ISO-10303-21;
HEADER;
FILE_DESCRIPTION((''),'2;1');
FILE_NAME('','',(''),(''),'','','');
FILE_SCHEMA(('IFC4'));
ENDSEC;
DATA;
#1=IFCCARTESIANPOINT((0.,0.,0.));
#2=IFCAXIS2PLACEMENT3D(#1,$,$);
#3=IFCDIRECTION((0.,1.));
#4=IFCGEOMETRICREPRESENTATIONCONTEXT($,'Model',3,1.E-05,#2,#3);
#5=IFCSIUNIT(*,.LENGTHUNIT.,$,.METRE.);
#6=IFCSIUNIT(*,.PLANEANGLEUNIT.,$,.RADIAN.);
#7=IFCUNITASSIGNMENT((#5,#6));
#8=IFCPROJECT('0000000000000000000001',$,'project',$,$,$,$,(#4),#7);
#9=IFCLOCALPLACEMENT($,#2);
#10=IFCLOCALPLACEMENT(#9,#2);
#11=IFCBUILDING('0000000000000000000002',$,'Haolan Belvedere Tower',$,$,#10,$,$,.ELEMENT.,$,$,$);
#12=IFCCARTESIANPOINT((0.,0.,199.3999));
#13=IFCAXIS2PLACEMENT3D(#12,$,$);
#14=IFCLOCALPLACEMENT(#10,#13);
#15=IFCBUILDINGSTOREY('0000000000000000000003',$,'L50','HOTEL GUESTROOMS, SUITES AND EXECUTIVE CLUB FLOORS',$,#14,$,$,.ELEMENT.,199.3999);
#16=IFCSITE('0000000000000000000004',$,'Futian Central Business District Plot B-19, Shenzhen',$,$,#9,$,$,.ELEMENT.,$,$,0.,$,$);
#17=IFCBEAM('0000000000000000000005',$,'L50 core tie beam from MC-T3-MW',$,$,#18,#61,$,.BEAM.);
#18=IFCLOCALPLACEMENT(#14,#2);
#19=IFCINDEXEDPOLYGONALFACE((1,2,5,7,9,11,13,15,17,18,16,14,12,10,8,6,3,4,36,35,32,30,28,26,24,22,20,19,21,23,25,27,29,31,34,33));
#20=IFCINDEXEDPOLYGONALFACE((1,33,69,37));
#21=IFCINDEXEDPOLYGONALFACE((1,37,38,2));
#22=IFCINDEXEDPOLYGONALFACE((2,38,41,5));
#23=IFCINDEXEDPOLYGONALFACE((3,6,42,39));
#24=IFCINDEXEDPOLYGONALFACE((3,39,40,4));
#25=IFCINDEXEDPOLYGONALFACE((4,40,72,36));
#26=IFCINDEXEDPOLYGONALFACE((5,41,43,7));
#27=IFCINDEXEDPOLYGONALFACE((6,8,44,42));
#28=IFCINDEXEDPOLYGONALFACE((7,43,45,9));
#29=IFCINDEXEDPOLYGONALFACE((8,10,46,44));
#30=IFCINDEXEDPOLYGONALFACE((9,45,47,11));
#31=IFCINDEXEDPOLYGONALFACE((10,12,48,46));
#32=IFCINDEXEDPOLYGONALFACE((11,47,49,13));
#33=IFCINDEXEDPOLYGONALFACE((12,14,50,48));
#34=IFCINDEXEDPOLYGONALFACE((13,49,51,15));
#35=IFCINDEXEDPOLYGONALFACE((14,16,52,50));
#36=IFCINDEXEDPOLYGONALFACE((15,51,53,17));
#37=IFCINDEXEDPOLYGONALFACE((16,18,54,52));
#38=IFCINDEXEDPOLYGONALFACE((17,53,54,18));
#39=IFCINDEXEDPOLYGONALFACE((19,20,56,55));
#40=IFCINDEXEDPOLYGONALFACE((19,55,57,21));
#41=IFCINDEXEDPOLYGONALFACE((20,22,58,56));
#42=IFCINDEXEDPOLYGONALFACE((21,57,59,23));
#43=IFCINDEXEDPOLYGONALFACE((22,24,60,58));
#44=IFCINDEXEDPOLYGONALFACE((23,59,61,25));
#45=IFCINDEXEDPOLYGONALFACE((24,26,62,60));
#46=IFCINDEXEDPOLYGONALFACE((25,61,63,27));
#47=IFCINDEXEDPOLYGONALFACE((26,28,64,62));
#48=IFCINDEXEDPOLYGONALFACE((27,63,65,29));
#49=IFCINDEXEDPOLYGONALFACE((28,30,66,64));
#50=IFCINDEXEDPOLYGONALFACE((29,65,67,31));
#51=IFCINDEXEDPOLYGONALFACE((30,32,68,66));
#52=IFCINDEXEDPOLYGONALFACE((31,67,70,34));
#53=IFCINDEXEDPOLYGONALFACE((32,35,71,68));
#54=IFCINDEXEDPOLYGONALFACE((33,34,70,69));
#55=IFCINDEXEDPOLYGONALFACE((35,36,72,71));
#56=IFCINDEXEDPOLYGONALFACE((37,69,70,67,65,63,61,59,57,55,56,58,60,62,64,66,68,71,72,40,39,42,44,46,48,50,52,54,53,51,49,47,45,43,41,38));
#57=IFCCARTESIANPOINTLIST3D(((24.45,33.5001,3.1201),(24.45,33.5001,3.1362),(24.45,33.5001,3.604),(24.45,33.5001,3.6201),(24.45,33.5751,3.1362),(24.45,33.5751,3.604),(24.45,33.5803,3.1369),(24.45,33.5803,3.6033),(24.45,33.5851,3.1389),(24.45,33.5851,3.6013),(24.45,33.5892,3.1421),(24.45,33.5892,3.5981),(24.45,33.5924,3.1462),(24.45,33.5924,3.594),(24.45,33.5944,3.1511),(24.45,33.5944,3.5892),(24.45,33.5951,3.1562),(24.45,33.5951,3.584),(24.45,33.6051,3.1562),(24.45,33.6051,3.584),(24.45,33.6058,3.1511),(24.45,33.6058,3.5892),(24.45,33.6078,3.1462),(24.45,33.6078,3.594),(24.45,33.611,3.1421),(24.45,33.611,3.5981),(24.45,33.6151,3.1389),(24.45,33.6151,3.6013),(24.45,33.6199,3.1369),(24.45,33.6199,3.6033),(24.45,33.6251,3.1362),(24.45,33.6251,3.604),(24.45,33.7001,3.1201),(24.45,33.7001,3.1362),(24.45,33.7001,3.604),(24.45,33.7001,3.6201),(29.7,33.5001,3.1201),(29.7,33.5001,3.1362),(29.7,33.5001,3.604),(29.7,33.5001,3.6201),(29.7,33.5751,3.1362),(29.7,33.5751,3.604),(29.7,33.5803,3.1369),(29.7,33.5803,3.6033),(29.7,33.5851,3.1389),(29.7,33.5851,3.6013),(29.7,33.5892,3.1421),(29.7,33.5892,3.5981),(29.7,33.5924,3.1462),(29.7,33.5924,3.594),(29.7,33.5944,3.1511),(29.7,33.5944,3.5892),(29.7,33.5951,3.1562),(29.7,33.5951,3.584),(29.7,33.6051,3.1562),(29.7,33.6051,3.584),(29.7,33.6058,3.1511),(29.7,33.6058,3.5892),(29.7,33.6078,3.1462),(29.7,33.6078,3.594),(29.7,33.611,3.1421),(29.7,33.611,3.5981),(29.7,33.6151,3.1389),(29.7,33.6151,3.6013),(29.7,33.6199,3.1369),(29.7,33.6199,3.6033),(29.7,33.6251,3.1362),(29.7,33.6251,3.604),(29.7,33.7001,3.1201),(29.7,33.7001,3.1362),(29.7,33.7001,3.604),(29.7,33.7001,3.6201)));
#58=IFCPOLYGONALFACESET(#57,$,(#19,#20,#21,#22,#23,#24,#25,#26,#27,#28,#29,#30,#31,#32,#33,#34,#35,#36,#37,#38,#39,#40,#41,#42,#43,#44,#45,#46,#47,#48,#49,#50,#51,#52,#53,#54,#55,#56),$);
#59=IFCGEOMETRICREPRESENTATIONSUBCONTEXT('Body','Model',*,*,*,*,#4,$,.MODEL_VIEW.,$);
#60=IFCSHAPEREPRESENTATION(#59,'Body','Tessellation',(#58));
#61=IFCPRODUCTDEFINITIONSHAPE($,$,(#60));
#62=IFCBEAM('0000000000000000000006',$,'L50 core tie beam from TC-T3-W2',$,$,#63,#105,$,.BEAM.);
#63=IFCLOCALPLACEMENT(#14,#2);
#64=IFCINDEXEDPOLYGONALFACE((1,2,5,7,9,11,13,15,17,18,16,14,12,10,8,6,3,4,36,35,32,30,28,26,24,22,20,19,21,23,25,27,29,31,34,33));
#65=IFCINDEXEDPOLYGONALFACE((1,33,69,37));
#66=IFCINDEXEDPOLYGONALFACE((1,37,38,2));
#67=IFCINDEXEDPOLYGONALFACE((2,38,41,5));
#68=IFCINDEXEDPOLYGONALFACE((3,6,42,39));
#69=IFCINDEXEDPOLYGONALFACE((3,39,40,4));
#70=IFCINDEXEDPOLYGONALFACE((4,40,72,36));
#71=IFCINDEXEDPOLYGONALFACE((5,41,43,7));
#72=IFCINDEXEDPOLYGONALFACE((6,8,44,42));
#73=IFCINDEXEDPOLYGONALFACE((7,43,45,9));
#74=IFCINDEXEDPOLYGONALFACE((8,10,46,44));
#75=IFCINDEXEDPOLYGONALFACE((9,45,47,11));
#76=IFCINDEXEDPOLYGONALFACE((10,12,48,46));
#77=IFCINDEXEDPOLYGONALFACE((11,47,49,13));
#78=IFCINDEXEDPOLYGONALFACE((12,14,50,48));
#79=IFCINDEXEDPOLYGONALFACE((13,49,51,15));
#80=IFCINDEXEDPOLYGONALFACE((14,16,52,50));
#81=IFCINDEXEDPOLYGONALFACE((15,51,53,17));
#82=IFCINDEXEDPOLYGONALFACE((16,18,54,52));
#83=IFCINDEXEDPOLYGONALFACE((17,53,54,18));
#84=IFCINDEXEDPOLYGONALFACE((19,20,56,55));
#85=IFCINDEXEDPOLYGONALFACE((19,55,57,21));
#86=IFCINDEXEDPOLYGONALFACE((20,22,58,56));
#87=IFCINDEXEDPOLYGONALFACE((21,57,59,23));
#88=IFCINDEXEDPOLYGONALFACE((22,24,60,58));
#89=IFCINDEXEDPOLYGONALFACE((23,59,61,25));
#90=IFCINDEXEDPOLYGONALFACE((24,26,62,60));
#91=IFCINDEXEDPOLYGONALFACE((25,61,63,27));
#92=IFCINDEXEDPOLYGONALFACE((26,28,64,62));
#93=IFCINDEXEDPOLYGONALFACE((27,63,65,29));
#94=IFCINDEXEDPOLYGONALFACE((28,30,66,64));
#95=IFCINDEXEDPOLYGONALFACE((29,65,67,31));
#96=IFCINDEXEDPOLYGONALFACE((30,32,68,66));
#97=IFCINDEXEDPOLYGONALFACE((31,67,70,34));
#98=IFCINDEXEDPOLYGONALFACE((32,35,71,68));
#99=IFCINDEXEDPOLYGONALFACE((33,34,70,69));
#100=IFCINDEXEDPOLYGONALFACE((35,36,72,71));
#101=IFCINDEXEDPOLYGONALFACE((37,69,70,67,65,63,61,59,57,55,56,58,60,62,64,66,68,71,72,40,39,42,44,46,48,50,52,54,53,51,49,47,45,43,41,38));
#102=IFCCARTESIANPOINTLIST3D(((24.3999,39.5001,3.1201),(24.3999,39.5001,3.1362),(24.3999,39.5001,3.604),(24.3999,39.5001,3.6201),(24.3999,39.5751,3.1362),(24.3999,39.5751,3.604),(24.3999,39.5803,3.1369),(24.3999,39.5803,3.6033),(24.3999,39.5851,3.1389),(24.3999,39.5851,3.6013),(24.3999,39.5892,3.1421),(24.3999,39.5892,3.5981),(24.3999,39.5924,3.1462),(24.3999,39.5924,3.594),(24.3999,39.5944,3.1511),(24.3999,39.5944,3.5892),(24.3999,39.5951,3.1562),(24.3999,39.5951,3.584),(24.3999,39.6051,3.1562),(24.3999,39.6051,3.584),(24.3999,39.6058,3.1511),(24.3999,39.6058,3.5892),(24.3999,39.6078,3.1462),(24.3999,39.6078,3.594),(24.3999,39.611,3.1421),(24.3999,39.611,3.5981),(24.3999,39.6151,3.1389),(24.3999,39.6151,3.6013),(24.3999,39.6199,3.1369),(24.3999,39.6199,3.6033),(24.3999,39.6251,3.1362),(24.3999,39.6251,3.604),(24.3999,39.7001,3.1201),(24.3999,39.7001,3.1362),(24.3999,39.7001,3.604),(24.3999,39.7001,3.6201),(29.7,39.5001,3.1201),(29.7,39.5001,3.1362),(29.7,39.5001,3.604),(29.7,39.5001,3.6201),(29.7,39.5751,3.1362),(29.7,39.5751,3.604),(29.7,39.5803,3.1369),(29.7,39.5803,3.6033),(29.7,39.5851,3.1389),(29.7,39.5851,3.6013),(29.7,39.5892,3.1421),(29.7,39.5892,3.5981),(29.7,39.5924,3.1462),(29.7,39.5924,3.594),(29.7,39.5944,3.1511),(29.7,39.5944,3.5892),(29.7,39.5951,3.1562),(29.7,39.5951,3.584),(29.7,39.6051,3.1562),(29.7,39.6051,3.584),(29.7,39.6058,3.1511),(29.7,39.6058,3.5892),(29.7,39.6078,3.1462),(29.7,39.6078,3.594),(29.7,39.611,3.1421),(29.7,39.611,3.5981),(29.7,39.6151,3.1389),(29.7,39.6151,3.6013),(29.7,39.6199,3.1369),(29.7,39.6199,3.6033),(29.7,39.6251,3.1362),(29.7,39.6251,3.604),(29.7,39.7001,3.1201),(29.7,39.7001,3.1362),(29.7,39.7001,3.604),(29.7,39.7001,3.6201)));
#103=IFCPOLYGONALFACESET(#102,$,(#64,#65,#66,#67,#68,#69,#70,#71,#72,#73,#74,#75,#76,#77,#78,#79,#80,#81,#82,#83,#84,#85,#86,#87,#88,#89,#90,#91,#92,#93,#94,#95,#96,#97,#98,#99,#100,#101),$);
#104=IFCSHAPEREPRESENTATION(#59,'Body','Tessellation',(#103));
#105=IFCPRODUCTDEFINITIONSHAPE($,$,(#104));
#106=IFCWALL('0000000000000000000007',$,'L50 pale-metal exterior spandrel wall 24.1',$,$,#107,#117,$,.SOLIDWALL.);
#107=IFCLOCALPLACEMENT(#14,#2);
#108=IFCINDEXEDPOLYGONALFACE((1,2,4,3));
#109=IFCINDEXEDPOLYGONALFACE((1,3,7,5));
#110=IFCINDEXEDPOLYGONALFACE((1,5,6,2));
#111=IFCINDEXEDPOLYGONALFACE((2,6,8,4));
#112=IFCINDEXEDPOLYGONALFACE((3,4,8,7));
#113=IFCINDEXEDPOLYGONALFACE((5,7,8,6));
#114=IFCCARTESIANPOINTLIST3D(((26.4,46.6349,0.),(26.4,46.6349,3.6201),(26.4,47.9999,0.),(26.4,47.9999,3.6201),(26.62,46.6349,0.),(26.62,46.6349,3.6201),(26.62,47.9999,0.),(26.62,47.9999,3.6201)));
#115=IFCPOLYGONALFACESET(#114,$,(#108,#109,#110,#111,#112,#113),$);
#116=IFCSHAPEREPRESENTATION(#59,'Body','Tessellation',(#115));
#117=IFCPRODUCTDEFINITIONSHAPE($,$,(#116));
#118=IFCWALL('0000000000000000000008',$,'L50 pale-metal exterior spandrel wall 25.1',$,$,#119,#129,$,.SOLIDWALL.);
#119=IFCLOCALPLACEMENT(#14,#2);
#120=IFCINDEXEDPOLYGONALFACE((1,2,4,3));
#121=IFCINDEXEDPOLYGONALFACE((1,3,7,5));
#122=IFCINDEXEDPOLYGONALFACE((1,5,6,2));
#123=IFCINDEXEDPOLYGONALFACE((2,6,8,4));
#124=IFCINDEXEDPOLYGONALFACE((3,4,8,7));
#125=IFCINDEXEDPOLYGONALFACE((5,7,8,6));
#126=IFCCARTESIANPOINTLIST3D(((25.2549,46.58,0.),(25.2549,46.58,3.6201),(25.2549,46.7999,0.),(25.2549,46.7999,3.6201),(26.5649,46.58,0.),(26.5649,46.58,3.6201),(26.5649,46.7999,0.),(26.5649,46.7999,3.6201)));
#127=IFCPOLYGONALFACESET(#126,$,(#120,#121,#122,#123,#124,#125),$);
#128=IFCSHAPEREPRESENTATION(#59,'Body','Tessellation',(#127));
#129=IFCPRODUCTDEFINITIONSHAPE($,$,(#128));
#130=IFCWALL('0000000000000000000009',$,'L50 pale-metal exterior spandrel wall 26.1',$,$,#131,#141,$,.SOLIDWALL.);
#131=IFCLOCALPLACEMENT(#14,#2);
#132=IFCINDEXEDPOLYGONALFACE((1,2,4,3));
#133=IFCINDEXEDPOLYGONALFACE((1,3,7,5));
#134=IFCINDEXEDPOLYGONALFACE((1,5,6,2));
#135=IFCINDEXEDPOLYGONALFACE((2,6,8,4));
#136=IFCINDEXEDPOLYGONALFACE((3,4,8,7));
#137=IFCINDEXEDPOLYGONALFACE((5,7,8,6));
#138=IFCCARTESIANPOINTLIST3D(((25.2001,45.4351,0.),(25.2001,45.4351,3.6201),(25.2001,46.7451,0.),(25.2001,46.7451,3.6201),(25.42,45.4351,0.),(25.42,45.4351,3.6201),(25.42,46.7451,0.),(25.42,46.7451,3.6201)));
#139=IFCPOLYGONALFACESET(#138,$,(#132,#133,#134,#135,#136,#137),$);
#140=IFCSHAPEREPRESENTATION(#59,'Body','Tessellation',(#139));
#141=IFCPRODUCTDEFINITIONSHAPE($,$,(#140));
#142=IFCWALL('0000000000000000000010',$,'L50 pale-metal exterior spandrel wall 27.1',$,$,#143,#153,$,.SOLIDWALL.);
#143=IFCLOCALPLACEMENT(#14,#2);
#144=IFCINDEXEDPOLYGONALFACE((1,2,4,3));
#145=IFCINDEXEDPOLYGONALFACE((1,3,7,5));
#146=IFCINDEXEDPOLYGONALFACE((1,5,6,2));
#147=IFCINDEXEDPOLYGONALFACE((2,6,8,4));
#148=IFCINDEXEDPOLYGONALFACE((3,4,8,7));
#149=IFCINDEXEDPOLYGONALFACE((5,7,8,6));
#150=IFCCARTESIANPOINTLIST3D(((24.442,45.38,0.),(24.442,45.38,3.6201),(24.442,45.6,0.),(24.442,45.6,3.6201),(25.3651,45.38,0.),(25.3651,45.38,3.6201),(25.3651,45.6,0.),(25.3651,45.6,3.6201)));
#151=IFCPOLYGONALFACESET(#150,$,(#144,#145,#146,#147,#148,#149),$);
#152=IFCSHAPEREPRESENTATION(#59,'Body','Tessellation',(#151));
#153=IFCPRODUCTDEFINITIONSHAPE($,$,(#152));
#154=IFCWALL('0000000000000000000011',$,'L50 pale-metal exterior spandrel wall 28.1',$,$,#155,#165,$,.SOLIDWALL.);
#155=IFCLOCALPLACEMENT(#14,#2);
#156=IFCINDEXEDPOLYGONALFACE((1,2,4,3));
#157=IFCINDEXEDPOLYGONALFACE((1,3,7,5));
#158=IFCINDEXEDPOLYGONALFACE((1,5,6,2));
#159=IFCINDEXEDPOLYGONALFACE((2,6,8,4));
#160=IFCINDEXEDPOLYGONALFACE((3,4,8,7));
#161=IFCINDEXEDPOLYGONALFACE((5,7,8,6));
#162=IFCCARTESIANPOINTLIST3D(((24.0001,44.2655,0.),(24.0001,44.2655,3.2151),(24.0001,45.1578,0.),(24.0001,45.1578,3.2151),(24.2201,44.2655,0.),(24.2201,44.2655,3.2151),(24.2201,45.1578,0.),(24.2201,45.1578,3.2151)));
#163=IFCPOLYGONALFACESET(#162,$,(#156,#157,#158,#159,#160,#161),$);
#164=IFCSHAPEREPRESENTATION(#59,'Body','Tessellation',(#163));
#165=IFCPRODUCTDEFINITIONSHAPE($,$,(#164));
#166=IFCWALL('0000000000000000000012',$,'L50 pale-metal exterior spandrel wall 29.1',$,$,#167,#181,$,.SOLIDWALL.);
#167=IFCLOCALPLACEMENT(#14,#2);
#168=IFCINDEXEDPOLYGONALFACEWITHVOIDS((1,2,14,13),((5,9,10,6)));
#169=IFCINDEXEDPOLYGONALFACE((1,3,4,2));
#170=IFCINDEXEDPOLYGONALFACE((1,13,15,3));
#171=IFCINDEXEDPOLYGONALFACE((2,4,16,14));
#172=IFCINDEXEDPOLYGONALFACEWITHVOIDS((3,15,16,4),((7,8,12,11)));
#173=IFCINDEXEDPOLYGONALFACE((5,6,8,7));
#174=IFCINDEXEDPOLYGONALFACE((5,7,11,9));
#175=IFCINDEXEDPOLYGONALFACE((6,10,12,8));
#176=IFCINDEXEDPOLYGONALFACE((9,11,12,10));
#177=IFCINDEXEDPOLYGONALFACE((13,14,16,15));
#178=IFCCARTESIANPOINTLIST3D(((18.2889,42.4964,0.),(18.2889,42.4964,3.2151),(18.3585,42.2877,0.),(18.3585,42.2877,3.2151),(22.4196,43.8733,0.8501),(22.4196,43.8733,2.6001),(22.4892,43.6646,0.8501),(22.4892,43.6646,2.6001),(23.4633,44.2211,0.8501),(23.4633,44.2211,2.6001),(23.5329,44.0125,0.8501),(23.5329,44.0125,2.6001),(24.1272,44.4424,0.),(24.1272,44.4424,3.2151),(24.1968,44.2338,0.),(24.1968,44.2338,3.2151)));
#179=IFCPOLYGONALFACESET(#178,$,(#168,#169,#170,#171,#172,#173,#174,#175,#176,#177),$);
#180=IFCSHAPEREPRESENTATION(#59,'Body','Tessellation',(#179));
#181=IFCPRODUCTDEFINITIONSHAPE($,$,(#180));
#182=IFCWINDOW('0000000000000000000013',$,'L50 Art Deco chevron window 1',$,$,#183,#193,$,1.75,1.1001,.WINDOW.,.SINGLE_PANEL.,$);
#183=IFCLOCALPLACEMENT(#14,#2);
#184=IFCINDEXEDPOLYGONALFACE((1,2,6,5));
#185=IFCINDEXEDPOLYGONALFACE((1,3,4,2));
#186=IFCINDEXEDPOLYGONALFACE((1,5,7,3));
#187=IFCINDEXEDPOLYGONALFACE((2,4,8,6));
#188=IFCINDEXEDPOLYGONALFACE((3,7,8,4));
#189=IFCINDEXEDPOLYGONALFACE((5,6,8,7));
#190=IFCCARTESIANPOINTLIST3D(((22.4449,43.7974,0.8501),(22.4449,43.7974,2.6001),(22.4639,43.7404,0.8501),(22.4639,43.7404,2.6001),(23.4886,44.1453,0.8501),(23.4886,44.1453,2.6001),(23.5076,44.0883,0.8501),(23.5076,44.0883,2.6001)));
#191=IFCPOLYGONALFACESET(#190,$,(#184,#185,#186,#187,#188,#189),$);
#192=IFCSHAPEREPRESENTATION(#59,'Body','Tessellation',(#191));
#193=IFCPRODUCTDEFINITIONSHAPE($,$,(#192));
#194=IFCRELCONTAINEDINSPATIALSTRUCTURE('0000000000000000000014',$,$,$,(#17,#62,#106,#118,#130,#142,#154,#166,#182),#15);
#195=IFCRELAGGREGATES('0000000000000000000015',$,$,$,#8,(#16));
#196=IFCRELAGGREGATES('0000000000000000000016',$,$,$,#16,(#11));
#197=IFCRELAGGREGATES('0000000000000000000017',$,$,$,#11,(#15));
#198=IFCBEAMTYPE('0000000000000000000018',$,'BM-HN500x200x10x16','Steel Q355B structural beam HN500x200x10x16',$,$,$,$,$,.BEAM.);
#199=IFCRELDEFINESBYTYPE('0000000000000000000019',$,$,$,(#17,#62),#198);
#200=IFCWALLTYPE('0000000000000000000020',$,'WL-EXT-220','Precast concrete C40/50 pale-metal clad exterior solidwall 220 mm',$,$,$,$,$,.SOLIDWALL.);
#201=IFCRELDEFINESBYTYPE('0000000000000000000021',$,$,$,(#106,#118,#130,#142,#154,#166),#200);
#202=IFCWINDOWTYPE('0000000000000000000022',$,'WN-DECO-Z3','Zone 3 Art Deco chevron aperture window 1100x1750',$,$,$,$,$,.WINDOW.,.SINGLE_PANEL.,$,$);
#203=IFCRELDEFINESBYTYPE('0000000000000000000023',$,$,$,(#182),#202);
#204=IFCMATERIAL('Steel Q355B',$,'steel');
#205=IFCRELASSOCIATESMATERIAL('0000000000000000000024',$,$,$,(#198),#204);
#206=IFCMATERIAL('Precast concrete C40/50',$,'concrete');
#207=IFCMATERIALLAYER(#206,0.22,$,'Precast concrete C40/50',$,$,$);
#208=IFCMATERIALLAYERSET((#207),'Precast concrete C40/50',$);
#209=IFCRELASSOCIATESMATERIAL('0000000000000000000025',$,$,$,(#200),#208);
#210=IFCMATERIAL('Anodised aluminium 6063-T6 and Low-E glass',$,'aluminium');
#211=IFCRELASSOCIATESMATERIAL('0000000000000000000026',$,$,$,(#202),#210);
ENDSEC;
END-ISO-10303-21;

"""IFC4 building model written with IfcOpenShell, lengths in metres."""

from ifc_helpers import new_model, si_unit, direction, frame, frame_2d, origin, origin_2d, place, context, subcontext, project, spatial, rectangle, i_section, extrude, material, layer, layer_set, material_profile, profile_set, type_object, element, fill, save


model = new_model("IFC4")

# Units and contexts
model_context = context("Model", 3, precision=1e-05, world=origin(), true_north=direction((0.0, 1.0)))
body_context = subcontext(model_context, "Body", "Model", "MODEL_VIEW")
ifc_project = project(units=[si_unit("LENGTHUNIT", "METRE"), si_unit("PLANEANGLEUNIT", "RADIAN")], contexts=[model_context])

# Site, building, storey
site_placement = place(None, origin())
site = spatial("IfcSite", under=ifc_project, at=site_placement, Name="Futian Central Business District Plot B-19, Shenzhen", CompositionType="ELEMENT", RefElevation=0.0)
building_placement = place(site_placement, origin())
building = spatial("IfcBuilding", under=site, at=building_placement, Name="Haolan Belvedere Tower", CompositionType="ELEMENT")
storey_placement = place(building_placement, frame((0.0, 0.0, 199.3999)))
storey = spatial("IfcBuildingStorey", under=building, at=storey_placement, Name="L50", Description="HOTEL GUESTROOMS, SUITES AND EXECUTIVE CLUB FLOORS", CompositionType="ELEMENT", Elevation=199.3999)

# Beams
ifc_material_1 = material(Name="Steel Q355B", Category="steel")
ifc_material_profile_1 = material_profile(ifc_material_1, i_section(OverallWidth=0.2, OverallDepth=0.5, WebThickness=0.01, FlangeThickness=0.0161, FilletRadius=0.02, at=origin_2d()), Name="Steel Q355B")
ifc_profile_set_1 = profile_set([ifc_material_profile_1], Name="Steel Q355B")
beam_type_1 = type_object("IfcBeamType", Name="BM-HN500x200x10x16", Description="Steel Q355B structural beam HN500x200x10x16", PredefinedType="BEAM", material=ifc_profile_set_1)
beam_1_placement = place(storey_placement, frame((24.45, 33.6001, 3.3701), z_axis=(1.0, 0.0, 0.0), x_axis=(0.0, 1.0, 0.0)))
element("IfcBeam", 1, at=beam_1_placement, inside=storey, type_object=beam_type_1, Name="L50 core tie beam from MC-T3-MW", PredefinedType="BEAM", context=body_context, shape_type="SweptSolid", body=[
    extrude(i_section(OverallWidth=0.2, OverallDepth=0.5, WebThickness=0.01, FlangeThickness=0.0161, FilletRadius=0.02, at=origin_2d()), origin(), (0.0, 0.0, 1.0), 5.25),
])
beam_2_placement = place(storey_placement, frame((24.3999, 39.6001, 3.3701), z_axis=(1.0, 0.0, 0.0), x_axis=(0.0, 1.0, 0.0)))
element("IfcBeam", 2, at=beam_2_placement, inside=storey, type_object=beam_type_1, Name="L50 core tie beam from TC-T3-W2", PredefinedType="BEAM", context=body_context, shape_type="SweptSolid", body=[
    extrude(i_section(OverallWidth=0.2, OverallDepth=0.5, WebThickness=0.01, FlangeThickness=0.0161, FilletRadius=0.02, at=origin_2d()), origin(), (0.0, 0.0, 1.0), 5.3),
])

# Walls
ifc_material_2 = material(Name="Precast concrete C40/50", Category="concrete")
ifc_layer_1 = layer(ifc_material_2, 0.22, Name="Precast concrete C40/50")
ifc_layer_set_1 = layer_set([ifc_layer_1], Name="Precast concrete C40/50")
wall_type_1 = type_object("IfcWallType", Name="WL-EXT-220", Description="Precast concrete C40/50 pale-metal clad exterior solidwall 220 mm", PredefinedType="SOLIDWALL", material=ifc_layer_set_1)
wall_1_placement = place(storey_placement, frame((26.51, 48.0, 0.0), z_axis=(0.0, 0.0, 1.0), x_axis=(0.0, -1.0, 0.0)))
element("IfcWall", 3, at=wall_1_placement, inside=storey, type_object=wall_type_1, Name="L50 pale-metal exterior spandrel wall 24.1", PredefinedType="SOLIDWALL", context=body_context, shape_type="SweptSolid", body=[
    extrude(rectangle(XDim=1.365, YDim=0.22, at=frame_2d((0.6826, 0.0))), origin(), (0.0, 0.0, 1.0), 3.6201),
])
for number, where, z_axis, x_axis, name in (
    (4, (26.5649, 46.6899, 0.0), (0.0, 0.0, 1.0), (-1.0, 0.0, 0.0), "L50 pale-metal exterior spandrel wall 25.1"),
    (5, (25.3101, 46.7451, 0.0), (0.0, 0.0, 1.0), (0.0, -1.0, 0.0), "L50 pale-metal exterior spandrel wall 26.1"),
):
    element("IfcWall", number, at=place(storey_placement, frame(where, z_axis=z_axis, x_axis=x_axis)), inside=storey, type_object=wall_type_1, Name=name, PredefinedType="SOLIDWALL", context=body_context, shape_type="SweptSolid", body=[
        extrude(rectangle(XDim=1.3101, YDim=0.22, at=frame_2d((0.655, 0.0))), origin(), (0.0, 0.0, 1.0), 3.6201),
    ])
wall_2_placement = place(storey_placement, frame((25.365, 45.49, 0.0), z_axis=(0.0, 0.0, 1.0), x_axis=(-1.0, 0.0, 0.0)))
element("IfcWall", 6, at=wall_2_placement, inside=storey, type_object=wall_type_1, Name="L50 pale-metal exterior spandrel wall 27.1", PredefinedType="SOLIDWALL", context=body_context, shape_type="SweptSolid", body=[
    extrude(rectangle(XDim=0.9231, YDim=0.22, at=frame_2d((0.4614, 0.0))), origin(), (0.0, 0.0, 1.0), 3.6201),
])
wall_3_placement = place(storey_placement, frame((24.1101, 45.158, 0.0), z_axis=(0.0, 0.0, 1.0), x_axis=(0.0, -1.0, 0.0)))
element("IfcWall", 7, at=wall_3_placement, inside=storey, type_object=wall_type_1, Name="L50 pale-metal exterior spandrel wall 28.1", PredefinedType="SOLIDWALL", context=body_context, shape_type="SweptSolid", body=[
    extrude(rectangle(XDim=0.8923, YDim=0.22, at=frame_2d((0.4463, 0.0))), origin(), (0.0, 0.0, 1.0), 3.2151),
])

# Wall, opening, window
wall_4_placement = place(storey_placement, frame((24.1621, 44.3381, 0.0), z_axis=(0.0, 0.0, 1.0), x_axis=(-0.948687, -0.316216, 0.0)))
wall_4 = element("IfcWall", 8, at=wall_4_placement, inside=storey, type_object=wall_type_1, Name="L50 pale-metal exterior spandrel wall 29.1", PredefinedType="SOLIDWALL", context=body_context, shape_type="SweptSolid", body=[
    extrude(rectangle(XDim=6.1541, YDim=0.22, at=frame_2d((3.0771, 0.0))), origin(), (0.0, 0.0, 1.0), 3.2151),
])
opening_1_placement = place(wall_4_placement, frame((0.7, 0.0, 0.8501)))
opening_1 = element("IfcOpeningElement", 9, at=opening_1_placement, cuts=wall_4, PredefinedType="OPENING", context=body_context, shape_type="SweptSolid", body=[
    extrude(rectangle(XDim=1.1001, YDim=1.75, at=frame_2d((0.55, 0.875))), frame((0.0, 0.1199, 0.0), z_axis=(0.0, -1.0, 0.0), x_axis=(1.0, 0.0, 0.0)), (0.0, 0.0, 1.0), 0.24),
])
ifc_material_3 = material(Name="Anodised aluminium 6063-T6 and Low-E glass", Category="aluminium")
window_type = type_object("IfcWindowType", Name="WN-DECO-Z3", Description="Zone 3 Art Deco chevron aperture window 1100x1750", PartitioningType="SINGLE_PANEL", PredefinedType="WINDOW", material=ifc_material_3)
window_placement = place(opening_1_placement, origin())
window = element("IfcWindow", 10, at=window_placement, inside=storey, type_object=window_type, Name="L50 Art Deco chevron window 1", OverallHeight=1.75, OverallWidth=1.1001, PartitioningType="SINGLE_PANEL", PredefinedType="WINDOW", context=body_context, shape_type="SweptSolid", body=[
    extrude(rectangle(XDim=1.1001, YDim=1.75, at=frame_2d((0.55, 0.875))), frame((0.0, 0.03, 0.0), z_axis=(0.0, -1.0, 0.0), x_axis=(1.0, 0.0, 0.0)), (0.0, 0.0, 1.0), 0.0601),
])
fill(opening_1, window)

save(model, "model.ifc")
